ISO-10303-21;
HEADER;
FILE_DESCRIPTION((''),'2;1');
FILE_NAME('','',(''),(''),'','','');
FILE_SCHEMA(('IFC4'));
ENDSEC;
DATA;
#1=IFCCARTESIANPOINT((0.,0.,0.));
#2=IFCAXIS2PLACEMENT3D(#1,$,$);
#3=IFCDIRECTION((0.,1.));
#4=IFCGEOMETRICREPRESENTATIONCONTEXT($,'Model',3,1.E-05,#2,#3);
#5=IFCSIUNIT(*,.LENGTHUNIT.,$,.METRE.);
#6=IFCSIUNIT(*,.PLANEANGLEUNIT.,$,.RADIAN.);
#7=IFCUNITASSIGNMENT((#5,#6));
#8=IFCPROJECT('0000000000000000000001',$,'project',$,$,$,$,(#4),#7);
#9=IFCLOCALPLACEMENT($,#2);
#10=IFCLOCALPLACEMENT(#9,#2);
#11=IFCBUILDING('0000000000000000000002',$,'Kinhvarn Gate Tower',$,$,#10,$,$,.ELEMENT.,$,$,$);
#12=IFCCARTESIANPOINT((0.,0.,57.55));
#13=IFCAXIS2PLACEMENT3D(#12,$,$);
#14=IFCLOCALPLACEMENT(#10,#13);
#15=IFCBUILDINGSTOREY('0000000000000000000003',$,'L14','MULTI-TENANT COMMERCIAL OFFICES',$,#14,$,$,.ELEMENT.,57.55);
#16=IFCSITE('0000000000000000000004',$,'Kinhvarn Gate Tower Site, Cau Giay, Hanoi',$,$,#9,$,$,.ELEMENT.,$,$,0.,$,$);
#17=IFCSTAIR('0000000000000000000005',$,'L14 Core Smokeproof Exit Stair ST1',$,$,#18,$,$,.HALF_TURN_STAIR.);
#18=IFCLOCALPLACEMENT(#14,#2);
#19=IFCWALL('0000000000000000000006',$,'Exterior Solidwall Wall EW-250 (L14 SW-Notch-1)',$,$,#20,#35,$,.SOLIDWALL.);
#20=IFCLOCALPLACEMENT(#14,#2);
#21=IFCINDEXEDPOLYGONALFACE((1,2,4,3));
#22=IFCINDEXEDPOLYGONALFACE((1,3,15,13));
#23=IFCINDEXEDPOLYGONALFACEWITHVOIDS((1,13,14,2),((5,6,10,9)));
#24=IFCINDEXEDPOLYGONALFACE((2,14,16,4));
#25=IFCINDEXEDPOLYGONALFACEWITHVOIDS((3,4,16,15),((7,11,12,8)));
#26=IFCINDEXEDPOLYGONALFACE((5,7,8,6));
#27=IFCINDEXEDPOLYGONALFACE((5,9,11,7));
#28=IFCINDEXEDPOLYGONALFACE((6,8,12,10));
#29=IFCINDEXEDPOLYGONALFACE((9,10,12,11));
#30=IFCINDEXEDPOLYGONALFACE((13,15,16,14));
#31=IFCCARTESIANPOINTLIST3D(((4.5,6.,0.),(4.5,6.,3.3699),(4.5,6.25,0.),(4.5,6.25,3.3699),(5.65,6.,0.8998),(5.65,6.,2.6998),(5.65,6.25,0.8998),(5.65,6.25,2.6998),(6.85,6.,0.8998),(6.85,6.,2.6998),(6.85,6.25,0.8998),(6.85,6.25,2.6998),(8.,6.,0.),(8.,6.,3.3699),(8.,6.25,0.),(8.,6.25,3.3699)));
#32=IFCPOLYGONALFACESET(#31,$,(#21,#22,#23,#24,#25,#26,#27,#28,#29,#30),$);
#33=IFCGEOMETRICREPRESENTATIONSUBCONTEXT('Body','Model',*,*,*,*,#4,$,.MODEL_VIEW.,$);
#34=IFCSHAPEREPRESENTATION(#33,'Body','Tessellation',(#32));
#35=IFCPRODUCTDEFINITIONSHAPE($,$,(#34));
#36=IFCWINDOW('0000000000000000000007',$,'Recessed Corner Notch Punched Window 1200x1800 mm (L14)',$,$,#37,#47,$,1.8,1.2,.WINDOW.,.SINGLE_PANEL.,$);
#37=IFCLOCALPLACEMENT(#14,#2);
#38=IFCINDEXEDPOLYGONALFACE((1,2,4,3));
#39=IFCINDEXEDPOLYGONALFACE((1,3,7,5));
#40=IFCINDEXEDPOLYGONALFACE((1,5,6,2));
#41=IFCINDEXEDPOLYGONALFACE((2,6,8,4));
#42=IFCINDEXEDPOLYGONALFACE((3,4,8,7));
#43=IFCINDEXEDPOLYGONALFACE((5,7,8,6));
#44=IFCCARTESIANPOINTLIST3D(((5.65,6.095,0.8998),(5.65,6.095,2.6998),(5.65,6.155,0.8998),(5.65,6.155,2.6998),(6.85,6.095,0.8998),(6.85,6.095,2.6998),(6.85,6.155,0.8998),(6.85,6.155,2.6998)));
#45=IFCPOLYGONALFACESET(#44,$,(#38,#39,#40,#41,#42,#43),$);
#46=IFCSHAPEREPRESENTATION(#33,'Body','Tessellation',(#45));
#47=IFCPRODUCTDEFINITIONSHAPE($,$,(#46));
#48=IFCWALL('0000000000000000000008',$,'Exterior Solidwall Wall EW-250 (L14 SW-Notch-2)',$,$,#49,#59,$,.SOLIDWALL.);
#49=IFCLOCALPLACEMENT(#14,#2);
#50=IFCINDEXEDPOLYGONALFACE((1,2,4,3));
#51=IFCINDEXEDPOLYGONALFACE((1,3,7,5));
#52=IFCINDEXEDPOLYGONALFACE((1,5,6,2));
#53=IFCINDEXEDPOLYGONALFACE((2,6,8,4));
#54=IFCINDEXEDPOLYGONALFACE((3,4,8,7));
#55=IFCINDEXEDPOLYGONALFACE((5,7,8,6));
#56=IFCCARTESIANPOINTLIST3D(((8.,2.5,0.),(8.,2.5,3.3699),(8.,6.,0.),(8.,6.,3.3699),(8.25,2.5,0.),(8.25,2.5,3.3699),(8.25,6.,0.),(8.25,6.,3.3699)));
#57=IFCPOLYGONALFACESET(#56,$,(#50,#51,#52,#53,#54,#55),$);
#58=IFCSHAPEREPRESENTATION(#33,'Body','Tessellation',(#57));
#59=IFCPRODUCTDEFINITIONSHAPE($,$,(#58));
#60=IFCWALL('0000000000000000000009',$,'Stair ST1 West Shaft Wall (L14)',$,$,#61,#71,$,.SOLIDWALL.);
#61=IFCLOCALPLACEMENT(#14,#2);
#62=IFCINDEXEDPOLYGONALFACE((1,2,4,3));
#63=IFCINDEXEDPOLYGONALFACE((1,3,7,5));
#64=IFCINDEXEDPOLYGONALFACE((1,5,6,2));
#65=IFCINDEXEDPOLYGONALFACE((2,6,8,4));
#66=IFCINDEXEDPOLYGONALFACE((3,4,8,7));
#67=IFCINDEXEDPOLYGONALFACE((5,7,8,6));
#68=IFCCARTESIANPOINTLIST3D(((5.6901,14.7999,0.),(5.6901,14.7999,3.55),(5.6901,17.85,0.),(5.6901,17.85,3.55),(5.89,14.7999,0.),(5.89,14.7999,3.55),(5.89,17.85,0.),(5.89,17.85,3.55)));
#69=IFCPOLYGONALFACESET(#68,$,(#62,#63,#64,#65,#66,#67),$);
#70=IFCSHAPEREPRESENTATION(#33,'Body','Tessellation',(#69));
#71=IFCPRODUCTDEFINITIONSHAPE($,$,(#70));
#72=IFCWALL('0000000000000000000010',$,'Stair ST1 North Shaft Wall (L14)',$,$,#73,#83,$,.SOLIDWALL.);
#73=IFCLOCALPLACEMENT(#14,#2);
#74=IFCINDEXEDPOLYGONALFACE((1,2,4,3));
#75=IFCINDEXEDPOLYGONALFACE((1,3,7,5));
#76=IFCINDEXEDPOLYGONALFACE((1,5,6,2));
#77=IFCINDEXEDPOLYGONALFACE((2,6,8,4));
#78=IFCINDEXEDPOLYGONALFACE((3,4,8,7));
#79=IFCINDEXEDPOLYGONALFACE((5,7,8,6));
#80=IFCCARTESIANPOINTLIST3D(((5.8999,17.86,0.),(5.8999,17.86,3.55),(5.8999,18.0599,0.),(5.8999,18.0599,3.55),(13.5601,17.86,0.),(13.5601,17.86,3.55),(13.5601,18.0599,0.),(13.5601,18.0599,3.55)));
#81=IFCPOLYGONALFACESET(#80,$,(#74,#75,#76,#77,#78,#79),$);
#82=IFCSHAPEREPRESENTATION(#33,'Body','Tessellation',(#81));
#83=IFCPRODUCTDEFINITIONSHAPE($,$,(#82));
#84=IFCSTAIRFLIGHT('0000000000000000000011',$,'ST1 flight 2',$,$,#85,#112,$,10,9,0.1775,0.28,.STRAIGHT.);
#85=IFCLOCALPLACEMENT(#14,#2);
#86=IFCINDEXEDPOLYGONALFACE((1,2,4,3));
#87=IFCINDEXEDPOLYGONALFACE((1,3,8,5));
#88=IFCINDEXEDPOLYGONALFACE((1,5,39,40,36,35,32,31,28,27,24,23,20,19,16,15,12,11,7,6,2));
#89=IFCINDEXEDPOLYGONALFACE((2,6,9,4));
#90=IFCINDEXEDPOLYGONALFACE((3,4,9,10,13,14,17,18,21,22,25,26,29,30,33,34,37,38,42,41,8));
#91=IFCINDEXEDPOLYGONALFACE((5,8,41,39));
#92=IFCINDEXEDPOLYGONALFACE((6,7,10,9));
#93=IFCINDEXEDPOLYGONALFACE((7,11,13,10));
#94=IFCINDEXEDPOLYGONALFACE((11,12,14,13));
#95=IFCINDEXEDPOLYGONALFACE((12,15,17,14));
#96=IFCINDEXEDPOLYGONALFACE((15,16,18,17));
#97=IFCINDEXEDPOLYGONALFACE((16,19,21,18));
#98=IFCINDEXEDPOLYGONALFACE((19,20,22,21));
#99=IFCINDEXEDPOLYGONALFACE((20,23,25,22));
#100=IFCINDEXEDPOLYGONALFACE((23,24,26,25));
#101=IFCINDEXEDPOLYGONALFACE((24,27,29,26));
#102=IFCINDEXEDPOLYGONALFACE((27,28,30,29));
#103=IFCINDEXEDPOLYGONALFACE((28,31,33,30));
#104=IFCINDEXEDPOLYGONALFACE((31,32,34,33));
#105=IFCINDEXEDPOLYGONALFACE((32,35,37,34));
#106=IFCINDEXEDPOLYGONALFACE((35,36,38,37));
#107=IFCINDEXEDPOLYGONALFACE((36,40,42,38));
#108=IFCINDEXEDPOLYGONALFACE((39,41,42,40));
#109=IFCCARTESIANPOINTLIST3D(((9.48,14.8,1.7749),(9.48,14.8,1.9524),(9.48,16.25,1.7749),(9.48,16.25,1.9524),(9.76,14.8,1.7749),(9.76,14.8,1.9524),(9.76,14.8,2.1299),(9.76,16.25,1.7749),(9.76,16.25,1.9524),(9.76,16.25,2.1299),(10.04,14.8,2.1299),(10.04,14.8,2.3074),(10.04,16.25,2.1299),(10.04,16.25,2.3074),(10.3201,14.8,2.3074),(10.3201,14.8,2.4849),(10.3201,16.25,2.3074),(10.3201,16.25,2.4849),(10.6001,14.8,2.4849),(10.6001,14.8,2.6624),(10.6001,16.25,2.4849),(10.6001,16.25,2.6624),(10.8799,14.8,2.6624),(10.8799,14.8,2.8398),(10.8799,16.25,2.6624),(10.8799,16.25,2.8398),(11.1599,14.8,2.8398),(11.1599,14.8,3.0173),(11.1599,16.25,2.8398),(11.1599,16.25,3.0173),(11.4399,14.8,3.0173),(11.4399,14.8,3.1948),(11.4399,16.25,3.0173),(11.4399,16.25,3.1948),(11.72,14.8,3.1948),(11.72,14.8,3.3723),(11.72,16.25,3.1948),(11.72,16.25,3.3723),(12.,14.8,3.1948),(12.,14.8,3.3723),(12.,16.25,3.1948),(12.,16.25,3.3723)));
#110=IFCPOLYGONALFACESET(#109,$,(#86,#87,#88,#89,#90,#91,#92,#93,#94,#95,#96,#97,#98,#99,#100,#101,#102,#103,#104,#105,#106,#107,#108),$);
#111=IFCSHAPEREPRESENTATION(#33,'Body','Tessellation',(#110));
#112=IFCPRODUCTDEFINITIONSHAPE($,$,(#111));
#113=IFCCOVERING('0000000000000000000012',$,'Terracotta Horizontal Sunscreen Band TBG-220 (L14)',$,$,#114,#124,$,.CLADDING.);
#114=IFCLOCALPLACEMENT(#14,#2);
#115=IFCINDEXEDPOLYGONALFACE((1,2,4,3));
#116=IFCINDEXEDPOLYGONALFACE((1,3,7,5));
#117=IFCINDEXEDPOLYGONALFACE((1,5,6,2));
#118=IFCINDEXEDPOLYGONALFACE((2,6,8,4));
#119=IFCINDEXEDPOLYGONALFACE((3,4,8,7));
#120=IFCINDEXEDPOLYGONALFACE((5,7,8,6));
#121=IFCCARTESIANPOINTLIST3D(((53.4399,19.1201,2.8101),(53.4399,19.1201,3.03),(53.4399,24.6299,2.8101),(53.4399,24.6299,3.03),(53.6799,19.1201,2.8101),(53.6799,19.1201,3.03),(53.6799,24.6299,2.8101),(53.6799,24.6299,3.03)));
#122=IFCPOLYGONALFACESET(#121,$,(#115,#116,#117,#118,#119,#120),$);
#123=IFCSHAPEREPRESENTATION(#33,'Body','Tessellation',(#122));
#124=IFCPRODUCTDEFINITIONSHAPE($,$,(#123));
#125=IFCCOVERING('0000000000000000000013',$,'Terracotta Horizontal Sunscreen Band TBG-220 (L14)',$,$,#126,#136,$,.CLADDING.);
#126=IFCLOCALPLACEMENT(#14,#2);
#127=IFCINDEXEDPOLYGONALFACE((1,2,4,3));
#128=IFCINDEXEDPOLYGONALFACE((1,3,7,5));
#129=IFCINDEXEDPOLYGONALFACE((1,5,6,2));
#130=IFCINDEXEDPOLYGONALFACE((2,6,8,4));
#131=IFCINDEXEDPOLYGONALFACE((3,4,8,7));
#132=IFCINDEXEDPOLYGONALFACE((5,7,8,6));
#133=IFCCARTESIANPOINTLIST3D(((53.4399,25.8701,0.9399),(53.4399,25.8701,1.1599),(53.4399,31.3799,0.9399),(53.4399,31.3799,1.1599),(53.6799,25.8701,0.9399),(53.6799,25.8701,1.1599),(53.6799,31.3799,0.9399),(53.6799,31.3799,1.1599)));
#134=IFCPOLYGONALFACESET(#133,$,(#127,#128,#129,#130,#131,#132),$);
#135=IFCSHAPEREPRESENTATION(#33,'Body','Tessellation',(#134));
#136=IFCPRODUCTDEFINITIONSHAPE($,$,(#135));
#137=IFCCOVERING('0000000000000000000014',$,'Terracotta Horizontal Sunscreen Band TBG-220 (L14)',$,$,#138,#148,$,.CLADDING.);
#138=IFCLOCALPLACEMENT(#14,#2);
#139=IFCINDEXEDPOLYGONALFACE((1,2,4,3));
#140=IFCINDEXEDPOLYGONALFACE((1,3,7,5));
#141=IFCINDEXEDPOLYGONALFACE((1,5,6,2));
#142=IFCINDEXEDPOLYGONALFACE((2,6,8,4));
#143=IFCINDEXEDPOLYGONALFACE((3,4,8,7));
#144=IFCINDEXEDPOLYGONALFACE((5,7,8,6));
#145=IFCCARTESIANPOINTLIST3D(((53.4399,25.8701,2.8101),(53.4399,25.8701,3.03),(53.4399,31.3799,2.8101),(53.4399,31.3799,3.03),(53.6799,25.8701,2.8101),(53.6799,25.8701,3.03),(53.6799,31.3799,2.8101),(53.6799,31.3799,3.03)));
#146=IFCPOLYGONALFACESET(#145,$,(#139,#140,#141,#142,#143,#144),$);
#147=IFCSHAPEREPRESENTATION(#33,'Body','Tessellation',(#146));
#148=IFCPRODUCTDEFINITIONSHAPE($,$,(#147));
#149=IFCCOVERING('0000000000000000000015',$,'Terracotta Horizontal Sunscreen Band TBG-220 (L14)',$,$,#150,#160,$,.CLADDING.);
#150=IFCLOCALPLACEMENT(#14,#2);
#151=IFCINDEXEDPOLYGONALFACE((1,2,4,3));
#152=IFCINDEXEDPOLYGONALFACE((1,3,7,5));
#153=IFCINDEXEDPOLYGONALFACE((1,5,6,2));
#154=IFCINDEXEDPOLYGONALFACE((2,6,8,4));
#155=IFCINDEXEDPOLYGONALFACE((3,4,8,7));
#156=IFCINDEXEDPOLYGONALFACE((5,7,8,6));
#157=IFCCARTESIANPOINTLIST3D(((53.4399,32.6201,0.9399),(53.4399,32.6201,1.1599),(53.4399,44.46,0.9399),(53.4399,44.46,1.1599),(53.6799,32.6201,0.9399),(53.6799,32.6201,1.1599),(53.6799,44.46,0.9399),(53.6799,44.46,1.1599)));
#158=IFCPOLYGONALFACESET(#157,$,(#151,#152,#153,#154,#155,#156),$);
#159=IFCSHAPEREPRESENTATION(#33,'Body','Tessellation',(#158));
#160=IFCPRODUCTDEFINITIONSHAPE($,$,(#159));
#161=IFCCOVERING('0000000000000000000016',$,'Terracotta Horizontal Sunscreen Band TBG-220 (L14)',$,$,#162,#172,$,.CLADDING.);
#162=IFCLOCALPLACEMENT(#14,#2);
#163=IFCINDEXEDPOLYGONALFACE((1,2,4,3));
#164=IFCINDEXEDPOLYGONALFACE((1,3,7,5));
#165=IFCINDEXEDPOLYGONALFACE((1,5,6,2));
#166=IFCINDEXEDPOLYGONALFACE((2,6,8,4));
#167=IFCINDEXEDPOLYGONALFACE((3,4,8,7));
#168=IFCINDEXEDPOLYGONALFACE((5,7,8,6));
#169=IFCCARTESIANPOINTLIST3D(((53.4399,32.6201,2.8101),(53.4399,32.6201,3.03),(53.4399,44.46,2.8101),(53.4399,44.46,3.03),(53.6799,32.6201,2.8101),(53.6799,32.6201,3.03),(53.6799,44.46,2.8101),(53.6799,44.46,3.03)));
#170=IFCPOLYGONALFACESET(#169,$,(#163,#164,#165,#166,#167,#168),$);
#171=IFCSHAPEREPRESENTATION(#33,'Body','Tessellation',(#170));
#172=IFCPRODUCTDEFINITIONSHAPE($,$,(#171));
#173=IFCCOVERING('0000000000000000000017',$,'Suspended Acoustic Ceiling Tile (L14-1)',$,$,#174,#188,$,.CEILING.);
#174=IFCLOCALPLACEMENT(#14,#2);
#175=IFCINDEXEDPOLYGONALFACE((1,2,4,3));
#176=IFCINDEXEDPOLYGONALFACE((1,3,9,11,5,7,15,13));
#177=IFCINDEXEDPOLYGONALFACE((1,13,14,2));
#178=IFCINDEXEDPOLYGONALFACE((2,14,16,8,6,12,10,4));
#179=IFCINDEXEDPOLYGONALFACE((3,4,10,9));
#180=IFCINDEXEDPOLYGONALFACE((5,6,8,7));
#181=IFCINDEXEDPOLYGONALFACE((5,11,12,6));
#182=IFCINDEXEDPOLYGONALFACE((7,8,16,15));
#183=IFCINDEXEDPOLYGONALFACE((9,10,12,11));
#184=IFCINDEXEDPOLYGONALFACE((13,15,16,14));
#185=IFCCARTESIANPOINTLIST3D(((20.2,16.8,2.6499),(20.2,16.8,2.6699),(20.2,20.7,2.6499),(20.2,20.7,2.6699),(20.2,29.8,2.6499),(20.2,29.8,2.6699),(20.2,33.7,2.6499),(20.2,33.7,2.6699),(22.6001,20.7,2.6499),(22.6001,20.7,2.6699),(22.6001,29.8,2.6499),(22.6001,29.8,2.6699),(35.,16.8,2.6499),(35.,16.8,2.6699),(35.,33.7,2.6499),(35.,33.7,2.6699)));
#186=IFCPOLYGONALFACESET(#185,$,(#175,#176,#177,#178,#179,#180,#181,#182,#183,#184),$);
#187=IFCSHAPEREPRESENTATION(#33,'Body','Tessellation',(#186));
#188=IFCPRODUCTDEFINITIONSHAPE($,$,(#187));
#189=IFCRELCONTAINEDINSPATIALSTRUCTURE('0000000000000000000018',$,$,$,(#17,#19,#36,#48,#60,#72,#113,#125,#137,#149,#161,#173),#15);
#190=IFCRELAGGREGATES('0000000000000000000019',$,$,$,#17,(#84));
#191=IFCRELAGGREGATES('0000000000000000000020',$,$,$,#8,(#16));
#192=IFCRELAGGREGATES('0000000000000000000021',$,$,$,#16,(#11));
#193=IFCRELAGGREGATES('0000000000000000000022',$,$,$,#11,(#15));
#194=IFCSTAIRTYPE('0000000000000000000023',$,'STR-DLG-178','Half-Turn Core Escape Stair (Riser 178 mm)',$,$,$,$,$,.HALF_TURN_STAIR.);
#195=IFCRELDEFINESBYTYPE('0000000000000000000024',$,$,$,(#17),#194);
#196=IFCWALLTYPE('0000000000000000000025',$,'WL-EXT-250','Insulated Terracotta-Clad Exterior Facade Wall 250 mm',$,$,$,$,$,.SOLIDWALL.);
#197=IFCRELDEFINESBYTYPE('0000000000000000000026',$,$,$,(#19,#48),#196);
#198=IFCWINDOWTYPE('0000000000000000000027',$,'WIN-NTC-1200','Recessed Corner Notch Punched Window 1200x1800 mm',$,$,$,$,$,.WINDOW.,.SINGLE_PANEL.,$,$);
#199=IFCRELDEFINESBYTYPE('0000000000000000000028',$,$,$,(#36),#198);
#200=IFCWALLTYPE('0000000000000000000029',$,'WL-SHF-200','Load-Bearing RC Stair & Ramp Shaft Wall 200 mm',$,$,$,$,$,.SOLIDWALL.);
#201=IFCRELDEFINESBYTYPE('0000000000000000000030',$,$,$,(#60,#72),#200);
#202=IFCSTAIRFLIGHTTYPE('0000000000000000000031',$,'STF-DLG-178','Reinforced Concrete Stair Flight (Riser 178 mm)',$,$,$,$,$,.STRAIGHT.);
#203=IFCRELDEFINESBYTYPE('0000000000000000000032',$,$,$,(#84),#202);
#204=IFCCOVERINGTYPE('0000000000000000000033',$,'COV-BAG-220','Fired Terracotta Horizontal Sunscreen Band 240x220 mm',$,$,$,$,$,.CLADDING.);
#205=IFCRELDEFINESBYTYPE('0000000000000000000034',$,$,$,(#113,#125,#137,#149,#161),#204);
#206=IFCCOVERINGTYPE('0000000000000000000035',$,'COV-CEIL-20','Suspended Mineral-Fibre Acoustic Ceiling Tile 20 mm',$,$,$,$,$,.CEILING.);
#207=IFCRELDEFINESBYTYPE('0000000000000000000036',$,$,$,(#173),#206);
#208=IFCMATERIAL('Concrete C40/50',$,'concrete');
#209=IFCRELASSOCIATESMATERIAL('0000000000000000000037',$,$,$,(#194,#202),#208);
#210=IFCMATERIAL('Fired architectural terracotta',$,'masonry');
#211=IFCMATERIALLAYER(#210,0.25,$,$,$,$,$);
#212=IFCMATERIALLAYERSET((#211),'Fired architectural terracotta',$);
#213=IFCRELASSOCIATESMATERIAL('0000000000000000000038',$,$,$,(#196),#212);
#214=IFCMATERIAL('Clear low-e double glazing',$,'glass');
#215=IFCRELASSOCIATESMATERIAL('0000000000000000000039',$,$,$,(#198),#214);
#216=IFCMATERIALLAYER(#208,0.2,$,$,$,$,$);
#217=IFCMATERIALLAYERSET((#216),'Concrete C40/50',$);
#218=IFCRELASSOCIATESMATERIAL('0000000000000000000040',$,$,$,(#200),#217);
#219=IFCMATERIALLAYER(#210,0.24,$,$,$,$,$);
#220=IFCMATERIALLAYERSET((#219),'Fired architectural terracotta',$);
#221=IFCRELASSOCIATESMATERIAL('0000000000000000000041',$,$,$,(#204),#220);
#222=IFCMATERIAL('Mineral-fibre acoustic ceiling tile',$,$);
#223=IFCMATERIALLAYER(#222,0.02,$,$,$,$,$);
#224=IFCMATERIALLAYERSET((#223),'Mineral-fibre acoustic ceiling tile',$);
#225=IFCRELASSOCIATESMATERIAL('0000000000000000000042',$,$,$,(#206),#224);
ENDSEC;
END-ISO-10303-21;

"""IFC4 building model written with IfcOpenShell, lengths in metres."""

from ifc_helpers import new_model, si_unit, direction, frame, frame_2d, origin, place, context, subcontext, project, spatial, polyline, rectangle, outline, extrude, material, layer, layer_set, type_object, element, fill, aggregate, save


model = new_model("IFC4")

# Units and contexts
model_context = context("Model", 3, precision=1e-05, world=origin(), true_north=direction((0.0, 1.0)))
body_context = subcontext(model_context, "Body", "Model", "MODEL_VIEW")
ifc_project = project(units=[si_unit("LENGTHUNIT", "METRE"), si_unit("PLANEANGLEUNIT", "RADIAN")], contexts=[model_context])

# Site, building, storey
site_placement = place(None, origin())
site = spatial("IfcSite", under=ifc_project, at=site_placement, Name="Kinhvarn Gate Tower Site, Cau Giay, Hanoi", CompositionType="ELEMENT", RefElevation=0.0)
building_placement = place(site_placement, origin())
building = spatial("IfcBuilding", under=site, at=building_placement, Name="Kinhvarn Gate Tower", CompositionType="ELEMENT")
storey_placement = place(building_placement, frame((0.0, 0.0, 57.55)))
storey = spatial("IfcBuildingStorey", under=building, at=storey_placement, Name="L14", Description="MULTI-TENANT COMMERCIAL OFFICES", CompositionType="ELEMENT", Elevation=57.55)

# Shared definitions
ifc_material_1 = material(Name="Clear low-e double glazing", Category="glass")

# Stair
ifc_material_2 = material(Name="Concrete C40/50", Category="concrete")
stair_type = type_object("IfcStairType", Name="STR-DLG-178", Description="Half-Turn Core Escape Stair (Riser 178 mm)", PredefinedType="HALF_TURN_STAIR", material=ifc_material_2)
stair_1_placement = place(storey_placement, origin())
stair_1 = element("IfcStair", 1, at=stair_1_placement, inside=storey, type_object=stair_type, Name="L14 Core Smokeproof Exit Stair ST1", PredefinedType="HALF_TURN_STAIR")

# Wall, opening, window
ifc_material_3 = material(Name="Fired architectural terracotta", Category="masonry")
ifc_layer_1 = layer(ifc_material_3, 0.25)
ifc_layer_set_1 = layer_set([ifc_layer_1], Name="Fired architectural terracotta")
wall_type_1 = type_object("IfcWallType", Name="WL-EXT-250", Description="Insulated Terracotta-Clad Exterior Facade Wall 250 mm", PredefinedType="SOLIDWALL", material=ifc_layer_set_1)
wall_1_placement = place(storey_placement, frame((4.5, 6.125, 0.0), z_axis=(0.0, 0.0, 1.0), x_axis=(1.0, 0.0, 0.0)))
wall_1 = element("IfcWall", 2, at=wall_1_placement, inside=storey, type_object=wall_type_1, Name="Exterior Solidwall Wall EW-250 (L14 SW-Notch-1)", PredefinedType="SOLIDWALL", context=body_context, shape_type="SweptSolid", body=[
    extrude(rectangle(XDim=3.5, YDim=0.25, at=frame_2d((1.75, 0.0))), origin(), (0.0, 0.0, 1.0), 3.3699),
])
opening_1_placement = place(wall_1_placement, frame((1.1499, 0.0, 0.8999)))
opening_1 = element("IfcOpeningElement", 3, at=opening_1_placement, cuts=wall_1, PredefinedType="OPENING", context=body_context, shape_type="SweptSolid", body=[
    extrude(rectangle(XDim=1.2, YDim=1.8, at=frame_2d((0.6001, 0.8999))), frame((0.0, 0.135, 0.0), z_axis=(0.0, -1.0, 0.0), x_axis=(1.0, 0.0, 0.0)), (0.0, 0.0, 1.0), 0.27),
])
window_type_1 = type_object("IfcWindowType", Name="WIN-NTC-1200", Description="Recessed Corner Notch Punched Window 1200x1800 mm", PartitioningType="SINGLE_PANEL", PredefinedType="WINDOW", material=ifc_material_1)
window_1_placement = place(opening_1_placement, origin())
window_1 = element("IfcWindow", 4, at=window_1_placement, inside=storey, type_object=window_type_1, Name="Recessed Corner Notch Punched Window 1200x1800 mm (L14)", OverallHeight=1.8, OverallWidth=1.2, PartitioningType="SINGLE_PANEL", PredefinedType="WINDOW", context=body_context, shape_type="SweptSolid", body=[
    extrude(rectangle(XDim=1.2, YDim=1.8, at=frame_2d((0.6001, 0.8999))), frame((0.0, 0.03, 0.0), z_axis=(0.0, -1.0, 0.0), x_axis=(1.0, 0.0, 0.0)), (0.0, 0.0, 1.0), 0.0601),
])
fill(opening_1, window_1)

# Walls
wall_2_placement = place(storey_placement, frame((8.125, 6.0, 0.0), z_axis=(0.0, 0.0, 1.0), x_axis=(0.0, -1.0, 0.0)))
element("IfcWall", 5, at=wall_2_placement, inside=storey, type_object=wall_type_1, Name="Exterior Solidwall Wall EW-250 (L14 SW-Notch-2)", PredefinedType="SOLIDWALL", context=body_context, shape_type="SweptSolid", body=[
    extrude(rectangle(XDim=3.5, YDim=0.25, at=frame_2d((1.75, 0.0))), origin(), (0.0, 0.0, 1.0), 3.3699),
])
ifc_layer_2 = layer(ifc_material_2, 0.2)
ifc_layer_set_2 = layer_set([ifc_layer_2], Name="Concrete C40/50")
wall_type_2 = type_object("IfcWallType", Name="WL-SHF-200", Description="Load-Bearing RC Stair & Ramp Shaft Wall 200 mm", PredefinedType="SOLIDWALL", material=ifc_layer_set_2)
wall_3_placement = place(storey_placement, frame((5.79, 14.8, 0.0), z_axis=(0.0, 0.0, 1.0), x_axis=(0.0, 1.0, 0.0)))
element("IfcWall", 6, at=wall_3_placement, inside=storey, type_object=wall_type_2, Name="Stair ST1 West Shaft Wall (L14)", PredefinedType="SOLIDWALL", context=body_context, shape_type="SweptSolid", body=[
    extrude(rectangle(XDim=3.05, YDim=0.2, at=frame_2d((1.5249, 0.0))), origin(), (0.0, 0.0, 1.0), 3.55),
])
wall_4_placement = place(storey_placement, frame((5.8999, 17.96, 0.0), z_axis=(0.0, 0.0, 1.0), x_axis=(1.0, 0.0, 0.0)))
element("IfcWall", 7, at=wall_4_placement, inside=storey, type_object=wall_type_2, Name="Stair ST1 North Shaft Wall (L14)", PredefinedType="SOLIDWALL", context=body_context, shape_type="SweptSolid", body=[
    extrude(rectangle(XDim=7.6602, YDim=0.2, at=frame_2d((3.8301, 0.0))), origin(), (0.0, 0.0, 1.0), 3.55),
])

# Stair flight
stair_flight_type = type_object("IfcStairFlightType", Name="STF-DLG-178", Description="Reinforced Concrete Stair Flight (Riser 178 mm)", PredefinedType="STRAIGHT", material=ifc_material_2)
stair_flight_placement = place(storey_placement, frame((9.48, 15.5249, 1.7749), z_axis=(0.0, 0.0, 1.0), x_axis=(1.0, 0.0, 0.0)))
stair_flight = element("IfcStairFlight", 8, at=stair_flight_placement, type_object=stair_flight_type, Name="ST1 flight 2", NumberOfRisers=10, NumberOfTreads=9, PredefinedType="STRAIGHT", RiserHeight=0.1775, TreadLength=0.28, context=body_context, shape_type="SweptSolid", body=[
    extrude(outline(polyline([(0.0, 0.0), (0.0, 0.1775), (0.28, 0.1775), (0.28, 0.355), (0.5601, 0.355), (0.5601, 0.5325), (0.8401, 0.5325), (0.8401, 0.71), (1.1201, 0.71), (1.1201, 0.8875), (1.3999, 0.8875), (1.3999, 1.0649), (1.6799, 1.0649), (1.6799, 1.2424), (1.96, 1.2424), (1.96, 1.4199), (2.24, 1.4199), (2.24, 1.5974), (2.52, 1.5974), (2.52, 1.7749), (2.52, 1.4199), (0.28, 0.0), (0.0, 0.0)])), frame((0.0, 0.7251, 0.0), z_axis=(0.0, -1.0, 0.0), x_axis=(1.0, 0.0, 0.0)), (0.0, 0.0, 1.0), 1.45),
])
aggregate(stair_1, [stair_flight])

# Coverings
ifc_layer_3 = layer(ifc_material_3, 0.24)
ifc_layer_set_3 = layer_set([ifc_layer_3], Name="Fired architectural terracotta")
covering_type_1 = type_object("IfcCoveringType", Name="COV-BAG-220", Description="Fired Terracotta Horizontal Sunscreen Band 240x220 mm", PredefinedType="CLADDING", material=ifc_layer_set_3)
covering_1_placement = place(storey_placement, frame((0.0, 0.0, 2.8101)))
element("IfcCovering", 9, at=covering_1_placement, inside=storey, type_object=covering_type_1, Name="Terracotta Horizontal Sunscreen Band TBG-220 (L14)", PredefinedType="CLADDING", context=body_context, shape_type="SweptSolid", body=[
    extrude(outline(polyline([(53.4399, 19.1201), (53.4399, 24.6299), (53.6799, 24.6299), (53.6799, 19.1201), (53.4399, 19.1201)])), origin(), (0.0, 0.0, 1.0), 0.22),
])
for number, where, name in (
    (10, (0.0, 0.0, 0.9399), "Terracotta Horizontal Sunscreen Band TBG-220 (L14)"),
    (11, (0.0, 0.0, 2.8101), "Terracotta Horizontal Sunscreen Band TBG-220 (L14)"),
):
    element("IfcCovering", number, at=place(storey_placement, frame(where)), inside=storey, type_object=covering_type_1, Name=name, PredefinedType="CLADDING", context=body_context, shape_type="SweptSolid", body=[
        extrude(outline(polyline([(53.4399, 25.8701), (53.4399, 31.3799), (53.6799, 31.3799), (53.6799, 25.8701), (53.4399, 25.8701)])), origin(), (0.0, 0.0, 1.0), 0.22),
    ])
for number, where, name in (
    (12, (0.0, 0.0, 0.9399), "Terracotta Horizontal Sunscreen Band TBG-220 (L14)"),
    (13, (0.0, 0.0, 2.8101), "Terracotta Horizontal Sunscreen Band TBG-220 (L14)"),
):
    element("IfcCovering", number, at=place(storey_placement, frame(where)), inside=storey, type_object=covering_type_1, Name=name, PredefinedType="CLADDING", context=body_context, shape_type="SweptSolid", body=[
        extrude(outline(polyline([(53.4399, 32.6201), (53.4399, 44.46), (53.6799, 44.46), (53.6799, 32.6201), (53.4399, 32.6201)])), origin(), (0.0, 0.0, 1.0), 0.22),
    ])
ifc_material_4 = material(Name="Mineral-fibre acoustic ceiling tile")
ifc_layer_4 = layer(ifc_material_4, 0.02)
ifc_layer_set_4 = layer_set([ifc_layer_4], Name="Mineral-fibre acoustic ceiling tile")
covering_type_2 = type_object("IfcCoveringType", Name="COV-CEIL-20", Description="Suspended Mineral-Fibre Acoustic Ceiling Tile 20 mm", PredefinedType="CEILING", material=ifc_layer_set_4)
covering_2_placement = place(storey_placement, frame((0.0, 0.0, 2.6499)))
element("IfcCovering", 14, at=covering_2_placement, inside=storey, type_object=covering_type_2, Name="Suspended Acoustic Ceiling Tile (L14-1)", PredefinedType="CEILING", context=body_context, shape_type="SweptSolid", body=[
    extrude(outline(polyline([(35.0, 33.7), (35.0, 16.8), (20.2, 16.8), (20.2, 20.7), (22.6001, 20.7), (22.6001, 29.8), (20.2, 29.8), (20.2, 33.7), (35.0, 33.7)])), origin(), (0.0, 0.0, 1.0), 0.02),
])

save(model, "model.ifc")
